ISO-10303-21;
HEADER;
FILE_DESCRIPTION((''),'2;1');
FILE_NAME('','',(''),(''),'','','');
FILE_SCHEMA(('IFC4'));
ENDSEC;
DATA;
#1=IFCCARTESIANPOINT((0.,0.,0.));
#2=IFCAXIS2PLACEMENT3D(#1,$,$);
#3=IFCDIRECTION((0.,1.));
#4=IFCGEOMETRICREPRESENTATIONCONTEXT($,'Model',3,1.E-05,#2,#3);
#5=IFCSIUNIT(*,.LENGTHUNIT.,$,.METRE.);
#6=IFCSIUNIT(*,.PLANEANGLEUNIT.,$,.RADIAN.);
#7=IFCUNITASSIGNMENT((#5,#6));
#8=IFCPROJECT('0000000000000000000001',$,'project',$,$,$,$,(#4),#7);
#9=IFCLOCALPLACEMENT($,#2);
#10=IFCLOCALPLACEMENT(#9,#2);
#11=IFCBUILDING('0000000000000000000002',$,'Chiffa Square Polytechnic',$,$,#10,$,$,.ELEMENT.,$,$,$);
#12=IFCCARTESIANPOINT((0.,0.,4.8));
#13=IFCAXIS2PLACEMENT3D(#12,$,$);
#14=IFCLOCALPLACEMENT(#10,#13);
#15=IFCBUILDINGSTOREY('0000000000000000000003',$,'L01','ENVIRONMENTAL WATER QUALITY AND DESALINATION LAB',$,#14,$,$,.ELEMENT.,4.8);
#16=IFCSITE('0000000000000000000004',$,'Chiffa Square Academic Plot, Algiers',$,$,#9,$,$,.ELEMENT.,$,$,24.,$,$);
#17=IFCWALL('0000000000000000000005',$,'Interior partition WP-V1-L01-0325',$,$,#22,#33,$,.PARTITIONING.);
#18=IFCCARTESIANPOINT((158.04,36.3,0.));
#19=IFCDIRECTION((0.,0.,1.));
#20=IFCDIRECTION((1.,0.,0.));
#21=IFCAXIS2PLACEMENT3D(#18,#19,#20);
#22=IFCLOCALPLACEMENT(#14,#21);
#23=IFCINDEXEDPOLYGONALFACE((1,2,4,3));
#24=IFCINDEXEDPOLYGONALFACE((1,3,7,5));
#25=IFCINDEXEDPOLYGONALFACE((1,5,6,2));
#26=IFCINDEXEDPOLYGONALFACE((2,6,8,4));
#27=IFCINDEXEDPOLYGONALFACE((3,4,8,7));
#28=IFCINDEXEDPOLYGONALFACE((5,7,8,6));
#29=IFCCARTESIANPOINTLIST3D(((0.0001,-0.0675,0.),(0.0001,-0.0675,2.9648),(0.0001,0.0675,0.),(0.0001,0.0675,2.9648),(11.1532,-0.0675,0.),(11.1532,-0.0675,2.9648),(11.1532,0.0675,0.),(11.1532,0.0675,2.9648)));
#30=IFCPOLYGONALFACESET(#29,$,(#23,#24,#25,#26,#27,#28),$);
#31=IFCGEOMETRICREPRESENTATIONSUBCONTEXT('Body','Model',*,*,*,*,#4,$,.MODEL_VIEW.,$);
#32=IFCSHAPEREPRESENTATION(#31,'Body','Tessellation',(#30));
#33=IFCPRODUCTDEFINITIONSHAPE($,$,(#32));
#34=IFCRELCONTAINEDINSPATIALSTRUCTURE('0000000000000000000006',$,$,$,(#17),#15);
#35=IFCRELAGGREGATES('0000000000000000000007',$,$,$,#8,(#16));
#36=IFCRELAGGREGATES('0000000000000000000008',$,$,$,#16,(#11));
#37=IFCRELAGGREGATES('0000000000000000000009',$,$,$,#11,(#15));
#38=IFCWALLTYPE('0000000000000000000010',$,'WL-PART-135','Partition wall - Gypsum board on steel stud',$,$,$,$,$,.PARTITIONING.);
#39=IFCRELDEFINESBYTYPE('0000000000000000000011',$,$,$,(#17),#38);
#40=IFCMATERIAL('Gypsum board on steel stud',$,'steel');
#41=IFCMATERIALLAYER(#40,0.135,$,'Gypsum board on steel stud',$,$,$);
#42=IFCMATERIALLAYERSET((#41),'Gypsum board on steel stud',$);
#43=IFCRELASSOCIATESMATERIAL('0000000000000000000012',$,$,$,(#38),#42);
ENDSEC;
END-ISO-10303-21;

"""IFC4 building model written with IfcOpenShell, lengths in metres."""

from ifc_helpers import new_model, si_unit, direction, frame, frame_2d, origin, place, context, subcontext, project, spatial, rectangle, extrude, material, layer, layer_set, type_object, element, save


model = new_model("IFC4")

# Units and contexts
model_context = context("Model", 3, precision=1e-05, world=origin(), true_north=direction((0.0, 1.0)))
body_context = subcontext(model_context, "Body", "Model", "MODEL_VIEW")
ifc_project = project(units=[si_unit("LENGTHUNIT", "METRE"), si_unit("PLANEANGLEUNIT", "RADIAN")], contexts=[model_context])

# Site, building, storey
site_placement = place(None, origin())
site = spatial("IfcSite", under=ifc_project, at=site_placement, Name="Chiffa Square Academic Plot, Algiers", CompositionType="ELEMENT", RefElevation=24.0)
building_placement = place(site_placement, origin())
building = spatial("IfcBuilding", under=site, at=building_placement, Name="Chiffa Square Polytechnic", CompositionType="ELEMENT")
storey_placement = place(building_placement, frame((0.0, 0.0, 4.8)))
storey = spatial("IfcBuildingStorey", under=building, at=storey_placement, Name="L01", Description="ENVIRONMENTAL WATER QUALITY AND DESALINATION LAB", CompositionType="ELEMENT", Elevation=4.8)

# Wall
ifc_material_1 = material(Name="Gypsum board on steel stud", Category="steel")
ifc_layer_1 = layer(ifc_material_1, 0.135, Name="Gypsum board on steel stud")
ifc_layer_set_1 = layer_set([ifc_layer_1], Name="Gypsum board on steel stud")
wall_type_1 = type_object("IfcWallType", Name="WL-PART-135", Description="Partition wall - Gypsum board on steel stud", PredefinedType="PARTITIONING", material=ifc_layer_set_1)
wall_1_placement = place(storey_placement, frame((158.04, 36.3, 0.0), z_axis=(0.0, 0.0, 1.0), x_axis=(1.0, 0.0, 0.0)))
element("IfcWall", 1, at=wall_1_placement, inside=storey, type_object=wall_type_1, Name="Interior partition WP-V1-L01-0325", PredefinedType="PARTITIONING", context=body_context, shape_type="SweptSolid", body=[
    extrude(rectangle(XDim=11.1531, YDim=0.135, at=frame_2d((5.5767, 0.0))), origin(), (0.0, 0.0, 1.0), 2.9648),
])

save(model, "model.ifc")
